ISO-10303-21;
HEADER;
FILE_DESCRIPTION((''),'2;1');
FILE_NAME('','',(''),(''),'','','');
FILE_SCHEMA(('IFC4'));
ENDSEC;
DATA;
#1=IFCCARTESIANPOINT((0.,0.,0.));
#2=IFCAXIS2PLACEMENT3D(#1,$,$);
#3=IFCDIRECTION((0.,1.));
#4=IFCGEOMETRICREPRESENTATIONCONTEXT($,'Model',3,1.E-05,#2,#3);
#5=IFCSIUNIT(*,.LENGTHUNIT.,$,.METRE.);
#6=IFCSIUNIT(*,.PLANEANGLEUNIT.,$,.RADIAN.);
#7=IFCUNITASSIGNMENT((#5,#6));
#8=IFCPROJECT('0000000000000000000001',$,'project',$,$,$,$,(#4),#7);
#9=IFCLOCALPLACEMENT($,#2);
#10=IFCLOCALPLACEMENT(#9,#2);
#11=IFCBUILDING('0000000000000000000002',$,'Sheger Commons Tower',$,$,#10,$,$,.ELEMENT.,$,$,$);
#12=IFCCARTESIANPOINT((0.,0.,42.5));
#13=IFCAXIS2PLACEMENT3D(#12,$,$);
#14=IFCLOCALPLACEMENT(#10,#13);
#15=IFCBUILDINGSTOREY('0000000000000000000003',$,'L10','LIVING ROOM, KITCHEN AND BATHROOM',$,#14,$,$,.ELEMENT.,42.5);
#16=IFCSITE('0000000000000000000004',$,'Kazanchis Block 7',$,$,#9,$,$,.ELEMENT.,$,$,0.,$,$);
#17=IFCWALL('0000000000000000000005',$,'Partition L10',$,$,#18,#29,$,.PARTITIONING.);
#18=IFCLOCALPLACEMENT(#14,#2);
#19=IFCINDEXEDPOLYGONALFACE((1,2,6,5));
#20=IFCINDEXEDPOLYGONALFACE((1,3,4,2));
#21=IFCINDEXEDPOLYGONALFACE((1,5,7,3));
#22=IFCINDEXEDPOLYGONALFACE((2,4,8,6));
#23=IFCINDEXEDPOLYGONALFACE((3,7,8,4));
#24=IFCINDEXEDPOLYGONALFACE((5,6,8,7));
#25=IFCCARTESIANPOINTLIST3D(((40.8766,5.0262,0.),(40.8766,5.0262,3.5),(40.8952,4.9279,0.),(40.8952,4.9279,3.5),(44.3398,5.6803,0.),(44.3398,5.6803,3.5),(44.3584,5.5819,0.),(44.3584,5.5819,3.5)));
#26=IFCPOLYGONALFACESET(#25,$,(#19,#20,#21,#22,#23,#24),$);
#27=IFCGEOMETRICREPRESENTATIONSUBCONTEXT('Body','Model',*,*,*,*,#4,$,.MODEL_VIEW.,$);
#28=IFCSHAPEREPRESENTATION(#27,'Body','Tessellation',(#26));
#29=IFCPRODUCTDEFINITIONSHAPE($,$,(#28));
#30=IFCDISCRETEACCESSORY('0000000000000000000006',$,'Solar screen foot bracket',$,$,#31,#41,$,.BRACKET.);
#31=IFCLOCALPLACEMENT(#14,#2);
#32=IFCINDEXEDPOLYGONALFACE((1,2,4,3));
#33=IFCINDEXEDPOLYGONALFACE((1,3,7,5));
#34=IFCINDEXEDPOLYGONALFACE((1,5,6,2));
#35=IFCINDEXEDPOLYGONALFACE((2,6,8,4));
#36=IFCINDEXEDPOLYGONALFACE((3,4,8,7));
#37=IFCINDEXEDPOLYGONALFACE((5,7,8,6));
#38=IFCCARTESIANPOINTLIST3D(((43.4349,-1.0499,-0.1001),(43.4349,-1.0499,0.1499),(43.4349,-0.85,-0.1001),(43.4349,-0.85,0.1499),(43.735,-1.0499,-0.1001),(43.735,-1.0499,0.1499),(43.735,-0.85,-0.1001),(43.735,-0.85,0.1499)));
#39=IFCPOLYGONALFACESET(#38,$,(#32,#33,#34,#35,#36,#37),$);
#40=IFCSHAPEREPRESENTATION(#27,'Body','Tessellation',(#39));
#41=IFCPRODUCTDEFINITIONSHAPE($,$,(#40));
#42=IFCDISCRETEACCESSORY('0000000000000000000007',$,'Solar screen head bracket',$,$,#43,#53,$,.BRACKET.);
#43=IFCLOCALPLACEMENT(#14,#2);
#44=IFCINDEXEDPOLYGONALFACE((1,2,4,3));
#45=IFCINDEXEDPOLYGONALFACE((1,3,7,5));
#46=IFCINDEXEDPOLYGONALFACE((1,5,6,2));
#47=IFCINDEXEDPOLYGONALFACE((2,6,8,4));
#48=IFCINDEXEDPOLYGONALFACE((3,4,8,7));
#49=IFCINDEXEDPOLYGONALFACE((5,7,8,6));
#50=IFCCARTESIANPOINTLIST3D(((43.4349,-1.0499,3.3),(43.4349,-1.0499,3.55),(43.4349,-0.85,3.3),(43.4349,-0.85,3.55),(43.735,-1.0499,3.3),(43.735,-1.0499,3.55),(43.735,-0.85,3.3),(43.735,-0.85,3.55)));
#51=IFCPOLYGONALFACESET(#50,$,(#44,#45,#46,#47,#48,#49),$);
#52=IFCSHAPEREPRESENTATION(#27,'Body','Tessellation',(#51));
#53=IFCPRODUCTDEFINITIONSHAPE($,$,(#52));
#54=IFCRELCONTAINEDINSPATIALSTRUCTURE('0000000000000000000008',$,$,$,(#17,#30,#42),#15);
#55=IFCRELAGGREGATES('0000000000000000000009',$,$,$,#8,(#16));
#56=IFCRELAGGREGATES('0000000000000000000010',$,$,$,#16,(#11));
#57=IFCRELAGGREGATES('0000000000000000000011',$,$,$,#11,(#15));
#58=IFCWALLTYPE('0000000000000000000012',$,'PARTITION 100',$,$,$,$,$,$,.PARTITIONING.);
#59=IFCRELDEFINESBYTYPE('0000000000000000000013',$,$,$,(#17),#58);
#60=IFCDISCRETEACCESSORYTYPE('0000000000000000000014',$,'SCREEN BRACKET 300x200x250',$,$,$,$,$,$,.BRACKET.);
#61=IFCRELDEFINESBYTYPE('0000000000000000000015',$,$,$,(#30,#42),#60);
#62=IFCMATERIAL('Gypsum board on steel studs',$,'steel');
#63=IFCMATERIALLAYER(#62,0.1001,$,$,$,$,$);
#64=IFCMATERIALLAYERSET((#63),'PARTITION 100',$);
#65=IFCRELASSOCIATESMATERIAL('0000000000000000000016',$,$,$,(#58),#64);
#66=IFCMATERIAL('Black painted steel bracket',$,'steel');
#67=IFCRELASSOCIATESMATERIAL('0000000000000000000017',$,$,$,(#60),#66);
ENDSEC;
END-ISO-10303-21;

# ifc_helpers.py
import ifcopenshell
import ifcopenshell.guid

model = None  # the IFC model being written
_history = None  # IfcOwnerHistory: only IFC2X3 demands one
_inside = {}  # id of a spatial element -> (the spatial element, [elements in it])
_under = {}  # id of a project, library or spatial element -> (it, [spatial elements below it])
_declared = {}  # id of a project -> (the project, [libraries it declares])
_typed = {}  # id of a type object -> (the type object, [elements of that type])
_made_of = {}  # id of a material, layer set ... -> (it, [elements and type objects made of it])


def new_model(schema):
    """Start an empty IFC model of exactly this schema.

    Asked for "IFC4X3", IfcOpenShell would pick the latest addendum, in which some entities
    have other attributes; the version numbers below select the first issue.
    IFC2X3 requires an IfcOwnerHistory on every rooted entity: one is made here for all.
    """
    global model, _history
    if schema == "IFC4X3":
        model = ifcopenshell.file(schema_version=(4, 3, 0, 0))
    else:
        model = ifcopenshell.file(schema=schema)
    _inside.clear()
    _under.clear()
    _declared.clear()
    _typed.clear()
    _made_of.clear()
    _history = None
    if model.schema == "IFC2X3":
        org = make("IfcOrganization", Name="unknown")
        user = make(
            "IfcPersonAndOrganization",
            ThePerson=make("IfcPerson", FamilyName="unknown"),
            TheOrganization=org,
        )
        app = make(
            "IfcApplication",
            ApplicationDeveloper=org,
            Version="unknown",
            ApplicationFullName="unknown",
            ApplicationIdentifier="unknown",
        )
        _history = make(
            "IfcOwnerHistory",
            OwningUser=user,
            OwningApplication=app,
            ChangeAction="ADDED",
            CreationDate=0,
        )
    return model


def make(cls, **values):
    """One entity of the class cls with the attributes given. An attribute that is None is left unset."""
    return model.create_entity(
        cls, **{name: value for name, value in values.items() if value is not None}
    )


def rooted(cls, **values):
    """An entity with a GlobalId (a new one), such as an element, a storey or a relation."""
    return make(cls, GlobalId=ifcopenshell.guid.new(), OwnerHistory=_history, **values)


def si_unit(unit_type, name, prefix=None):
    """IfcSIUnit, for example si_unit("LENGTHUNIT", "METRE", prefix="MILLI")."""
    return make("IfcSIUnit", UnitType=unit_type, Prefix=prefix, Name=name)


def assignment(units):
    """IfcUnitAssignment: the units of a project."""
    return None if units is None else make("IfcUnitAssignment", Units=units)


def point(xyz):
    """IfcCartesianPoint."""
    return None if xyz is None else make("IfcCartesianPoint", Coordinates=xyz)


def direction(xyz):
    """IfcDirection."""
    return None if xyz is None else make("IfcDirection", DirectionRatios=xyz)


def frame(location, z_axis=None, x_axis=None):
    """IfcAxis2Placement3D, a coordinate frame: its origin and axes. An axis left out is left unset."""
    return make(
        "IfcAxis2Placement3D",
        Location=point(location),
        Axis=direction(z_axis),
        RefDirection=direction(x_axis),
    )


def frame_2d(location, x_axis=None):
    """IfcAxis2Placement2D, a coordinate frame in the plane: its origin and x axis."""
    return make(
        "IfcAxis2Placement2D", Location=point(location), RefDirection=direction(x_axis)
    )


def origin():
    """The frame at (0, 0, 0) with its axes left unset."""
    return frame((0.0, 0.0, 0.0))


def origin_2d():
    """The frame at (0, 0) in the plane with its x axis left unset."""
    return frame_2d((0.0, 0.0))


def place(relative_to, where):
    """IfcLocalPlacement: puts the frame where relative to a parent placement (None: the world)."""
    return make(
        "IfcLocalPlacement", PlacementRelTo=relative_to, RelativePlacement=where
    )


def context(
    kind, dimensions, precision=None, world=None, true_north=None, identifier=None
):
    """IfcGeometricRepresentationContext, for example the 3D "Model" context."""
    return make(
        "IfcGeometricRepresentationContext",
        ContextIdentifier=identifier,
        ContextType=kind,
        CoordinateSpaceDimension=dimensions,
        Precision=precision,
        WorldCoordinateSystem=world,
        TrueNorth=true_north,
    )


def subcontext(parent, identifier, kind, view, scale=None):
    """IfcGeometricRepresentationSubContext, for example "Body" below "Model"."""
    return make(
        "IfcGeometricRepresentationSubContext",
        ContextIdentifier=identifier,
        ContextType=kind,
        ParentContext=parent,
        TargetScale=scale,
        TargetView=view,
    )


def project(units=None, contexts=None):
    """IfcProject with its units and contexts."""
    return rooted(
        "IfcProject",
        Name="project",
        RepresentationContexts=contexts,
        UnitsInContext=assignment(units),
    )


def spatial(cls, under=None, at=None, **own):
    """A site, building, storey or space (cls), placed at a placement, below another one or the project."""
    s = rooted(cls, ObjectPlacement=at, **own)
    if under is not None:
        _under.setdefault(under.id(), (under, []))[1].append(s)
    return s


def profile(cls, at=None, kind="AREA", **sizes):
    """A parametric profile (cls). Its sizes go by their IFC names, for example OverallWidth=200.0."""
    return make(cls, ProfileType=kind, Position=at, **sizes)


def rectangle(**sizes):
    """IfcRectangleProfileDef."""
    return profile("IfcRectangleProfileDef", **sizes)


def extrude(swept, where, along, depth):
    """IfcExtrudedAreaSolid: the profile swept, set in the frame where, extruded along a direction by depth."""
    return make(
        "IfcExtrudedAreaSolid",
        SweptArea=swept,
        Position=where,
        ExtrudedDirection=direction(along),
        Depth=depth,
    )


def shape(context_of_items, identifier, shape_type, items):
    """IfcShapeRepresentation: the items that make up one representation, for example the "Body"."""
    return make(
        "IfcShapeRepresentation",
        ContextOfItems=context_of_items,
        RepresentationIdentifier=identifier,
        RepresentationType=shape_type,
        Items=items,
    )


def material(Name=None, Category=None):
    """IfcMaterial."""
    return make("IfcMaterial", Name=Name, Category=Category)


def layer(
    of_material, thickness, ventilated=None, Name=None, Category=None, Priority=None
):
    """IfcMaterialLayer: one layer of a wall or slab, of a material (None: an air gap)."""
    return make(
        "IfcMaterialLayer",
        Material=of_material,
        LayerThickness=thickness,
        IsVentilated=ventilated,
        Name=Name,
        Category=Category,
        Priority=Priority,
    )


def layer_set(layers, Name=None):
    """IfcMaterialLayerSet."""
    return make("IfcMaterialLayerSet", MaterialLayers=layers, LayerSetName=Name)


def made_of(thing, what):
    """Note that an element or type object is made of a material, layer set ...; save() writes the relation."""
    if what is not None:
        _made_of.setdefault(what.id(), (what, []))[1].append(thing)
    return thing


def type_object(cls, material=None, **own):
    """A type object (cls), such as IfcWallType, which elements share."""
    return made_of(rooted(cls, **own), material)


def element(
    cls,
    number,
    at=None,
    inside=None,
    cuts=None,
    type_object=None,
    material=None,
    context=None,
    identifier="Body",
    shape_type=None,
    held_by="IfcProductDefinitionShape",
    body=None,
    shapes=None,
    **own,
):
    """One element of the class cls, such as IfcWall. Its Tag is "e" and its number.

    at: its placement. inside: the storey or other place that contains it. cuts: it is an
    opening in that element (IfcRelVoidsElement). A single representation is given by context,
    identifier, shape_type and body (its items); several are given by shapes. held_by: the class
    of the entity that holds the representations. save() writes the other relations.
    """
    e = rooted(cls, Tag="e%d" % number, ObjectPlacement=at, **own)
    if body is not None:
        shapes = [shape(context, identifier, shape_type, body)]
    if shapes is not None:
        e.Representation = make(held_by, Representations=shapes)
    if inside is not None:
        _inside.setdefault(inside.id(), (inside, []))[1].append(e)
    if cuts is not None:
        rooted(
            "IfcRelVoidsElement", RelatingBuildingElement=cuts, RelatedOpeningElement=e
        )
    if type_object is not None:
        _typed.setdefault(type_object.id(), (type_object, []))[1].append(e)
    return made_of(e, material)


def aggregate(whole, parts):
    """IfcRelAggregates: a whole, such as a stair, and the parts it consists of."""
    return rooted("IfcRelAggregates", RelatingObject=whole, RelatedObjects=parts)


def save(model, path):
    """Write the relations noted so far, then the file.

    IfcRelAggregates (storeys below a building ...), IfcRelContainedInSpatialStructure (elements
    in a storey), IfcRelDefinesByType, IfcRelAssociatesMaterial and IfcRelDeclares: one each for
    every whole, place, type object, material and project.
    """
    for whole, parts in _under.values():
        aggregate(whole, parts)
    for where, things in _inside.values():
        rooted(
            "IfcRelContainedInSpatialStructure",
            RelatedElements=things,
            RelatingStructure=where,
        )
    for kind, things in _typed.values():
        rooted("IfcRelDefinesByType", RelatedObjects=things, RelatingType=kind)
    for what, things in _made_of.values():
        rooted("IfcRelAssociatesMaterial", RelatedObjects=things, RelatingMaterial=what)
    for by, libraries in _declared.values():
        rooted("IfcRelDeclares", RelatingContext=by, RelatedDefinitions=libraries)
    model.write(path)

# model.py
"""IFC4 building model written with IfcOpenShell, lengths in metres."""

from ifc_helpers import new_model, si_unit, direction, frame, frame_2d, origin, origin_2d, place, context, subcontext, project, spatial, rectangle, extrude, material, layer, layer_set, type_object, element, save


model = new_model("IFC4")

# Units and contexts
model_context = context("Model", 3, precision=1e-05, world=origin(), true_north=direction((0.0, 1.0)))
body_context = subcontext(model_context, "Body", "Model", "MODEL_VIEW")
ifc_project = project(units=[si_unit("LENGTHUNIT", "METRE"), si_unit("PLANEANGLEUNIT", "RADIAN")], contexts=[model_context])

# Site, building, storey
site_placement = place(None, origin())
site = spatial("IfcSite", under=ifc_project, at=site_placement, Name="Kazanchis Block 7", CompositionType="ELEMENT", RefElevation=0.0)
building_placement = place(site_placement, origin())
building = spatial("IfcBuilding", under=site, at=building_placement, Name="Sheger Commons Tower", CompositionType="ELEMENT")
storey_placement = place(building_placement, frame((0.0, 0.0, 42.5)))
storey = spatial("IfcBuildingStorey", under=building, at=storey_placement, Name="L10", Description="LIVING ROOM, KITCHEN AND BATHROOM", CompositionType="ELEMENT", Elevation=42.5)

# Shared definitions
ifc_material_1 = material(Name="Gypsum board on steel studs", Category="steel")
ifc_layer_1 = layer(ifc_material_1, 0.1001)
ifc_layer_set_1 = layer_set([ifc_layer_1], Name="PARTITION 100")
wall_type_1 = type_object("IfcWallType", Name="PARTITION 100", PredefinedType="PARTITIONING", material=ifc_layer_set_1)

# Wall
wall_1_placement = place(storey_placement, frame((44.3491, 5.6311, 0.0), z_axis=(0.0, 0.0, 1.0), x_axis=(-0.982629, -0.185581, 0.0)))
element("IfcWall", 1, at=wall_1_placement, inside=storey, type_object=wall_type_1, Name="Partition L10", PredefinedType="PARTITIONING", context=body_context, shape_type="SweptSolid", body=[
    extrude(rectangle(XDim=3.5244, YDim=0.1001, at=frame_2d((1.7622, 0.0))), origin(), (0.0, 0.0, 1.0), 3.5),
])

# Discrete accessories
ifc_material_2 = material(Name="Black painted steel bracket", Category="steel")
discrete_accessory_type = type_object("IfcDiscreteAccessoryType", Name="SCREEN BRACKET 300x200x250", PredefinedType="BRACKET", material=ifc_material_2)
for number, where, z_axis, x_axis, name in (
    (2, (43.585, -0.95, -0.1001), (0.0, 0.0, 1.0), (1.0, 0.0, 0.0), "Solar screen foot bracket"),
    (3, (43.585, -0.95, 3.3), (0.0, 0.0, 1.0), (1.0, 0.0, 0.0), "Solar screen head bracket"),
):
    element("IfcDiscreteAccessory", number, at=place(storey_placement, frame(where, z_axis=z_axis, x_axis=x_axis)), inside=storey, type_object=discrete_accessory_type, Name=name, PredefinedType="BRACKET", context=body_context, shape_type="SweptSolid", body=[
        extrude(rectangle(XDim=0.3, YDim=0.2, at=origin_2d()), origin(), (0.0, 0.0, 1.0), 0.25),
    ])

save(model, "model.ifc")
